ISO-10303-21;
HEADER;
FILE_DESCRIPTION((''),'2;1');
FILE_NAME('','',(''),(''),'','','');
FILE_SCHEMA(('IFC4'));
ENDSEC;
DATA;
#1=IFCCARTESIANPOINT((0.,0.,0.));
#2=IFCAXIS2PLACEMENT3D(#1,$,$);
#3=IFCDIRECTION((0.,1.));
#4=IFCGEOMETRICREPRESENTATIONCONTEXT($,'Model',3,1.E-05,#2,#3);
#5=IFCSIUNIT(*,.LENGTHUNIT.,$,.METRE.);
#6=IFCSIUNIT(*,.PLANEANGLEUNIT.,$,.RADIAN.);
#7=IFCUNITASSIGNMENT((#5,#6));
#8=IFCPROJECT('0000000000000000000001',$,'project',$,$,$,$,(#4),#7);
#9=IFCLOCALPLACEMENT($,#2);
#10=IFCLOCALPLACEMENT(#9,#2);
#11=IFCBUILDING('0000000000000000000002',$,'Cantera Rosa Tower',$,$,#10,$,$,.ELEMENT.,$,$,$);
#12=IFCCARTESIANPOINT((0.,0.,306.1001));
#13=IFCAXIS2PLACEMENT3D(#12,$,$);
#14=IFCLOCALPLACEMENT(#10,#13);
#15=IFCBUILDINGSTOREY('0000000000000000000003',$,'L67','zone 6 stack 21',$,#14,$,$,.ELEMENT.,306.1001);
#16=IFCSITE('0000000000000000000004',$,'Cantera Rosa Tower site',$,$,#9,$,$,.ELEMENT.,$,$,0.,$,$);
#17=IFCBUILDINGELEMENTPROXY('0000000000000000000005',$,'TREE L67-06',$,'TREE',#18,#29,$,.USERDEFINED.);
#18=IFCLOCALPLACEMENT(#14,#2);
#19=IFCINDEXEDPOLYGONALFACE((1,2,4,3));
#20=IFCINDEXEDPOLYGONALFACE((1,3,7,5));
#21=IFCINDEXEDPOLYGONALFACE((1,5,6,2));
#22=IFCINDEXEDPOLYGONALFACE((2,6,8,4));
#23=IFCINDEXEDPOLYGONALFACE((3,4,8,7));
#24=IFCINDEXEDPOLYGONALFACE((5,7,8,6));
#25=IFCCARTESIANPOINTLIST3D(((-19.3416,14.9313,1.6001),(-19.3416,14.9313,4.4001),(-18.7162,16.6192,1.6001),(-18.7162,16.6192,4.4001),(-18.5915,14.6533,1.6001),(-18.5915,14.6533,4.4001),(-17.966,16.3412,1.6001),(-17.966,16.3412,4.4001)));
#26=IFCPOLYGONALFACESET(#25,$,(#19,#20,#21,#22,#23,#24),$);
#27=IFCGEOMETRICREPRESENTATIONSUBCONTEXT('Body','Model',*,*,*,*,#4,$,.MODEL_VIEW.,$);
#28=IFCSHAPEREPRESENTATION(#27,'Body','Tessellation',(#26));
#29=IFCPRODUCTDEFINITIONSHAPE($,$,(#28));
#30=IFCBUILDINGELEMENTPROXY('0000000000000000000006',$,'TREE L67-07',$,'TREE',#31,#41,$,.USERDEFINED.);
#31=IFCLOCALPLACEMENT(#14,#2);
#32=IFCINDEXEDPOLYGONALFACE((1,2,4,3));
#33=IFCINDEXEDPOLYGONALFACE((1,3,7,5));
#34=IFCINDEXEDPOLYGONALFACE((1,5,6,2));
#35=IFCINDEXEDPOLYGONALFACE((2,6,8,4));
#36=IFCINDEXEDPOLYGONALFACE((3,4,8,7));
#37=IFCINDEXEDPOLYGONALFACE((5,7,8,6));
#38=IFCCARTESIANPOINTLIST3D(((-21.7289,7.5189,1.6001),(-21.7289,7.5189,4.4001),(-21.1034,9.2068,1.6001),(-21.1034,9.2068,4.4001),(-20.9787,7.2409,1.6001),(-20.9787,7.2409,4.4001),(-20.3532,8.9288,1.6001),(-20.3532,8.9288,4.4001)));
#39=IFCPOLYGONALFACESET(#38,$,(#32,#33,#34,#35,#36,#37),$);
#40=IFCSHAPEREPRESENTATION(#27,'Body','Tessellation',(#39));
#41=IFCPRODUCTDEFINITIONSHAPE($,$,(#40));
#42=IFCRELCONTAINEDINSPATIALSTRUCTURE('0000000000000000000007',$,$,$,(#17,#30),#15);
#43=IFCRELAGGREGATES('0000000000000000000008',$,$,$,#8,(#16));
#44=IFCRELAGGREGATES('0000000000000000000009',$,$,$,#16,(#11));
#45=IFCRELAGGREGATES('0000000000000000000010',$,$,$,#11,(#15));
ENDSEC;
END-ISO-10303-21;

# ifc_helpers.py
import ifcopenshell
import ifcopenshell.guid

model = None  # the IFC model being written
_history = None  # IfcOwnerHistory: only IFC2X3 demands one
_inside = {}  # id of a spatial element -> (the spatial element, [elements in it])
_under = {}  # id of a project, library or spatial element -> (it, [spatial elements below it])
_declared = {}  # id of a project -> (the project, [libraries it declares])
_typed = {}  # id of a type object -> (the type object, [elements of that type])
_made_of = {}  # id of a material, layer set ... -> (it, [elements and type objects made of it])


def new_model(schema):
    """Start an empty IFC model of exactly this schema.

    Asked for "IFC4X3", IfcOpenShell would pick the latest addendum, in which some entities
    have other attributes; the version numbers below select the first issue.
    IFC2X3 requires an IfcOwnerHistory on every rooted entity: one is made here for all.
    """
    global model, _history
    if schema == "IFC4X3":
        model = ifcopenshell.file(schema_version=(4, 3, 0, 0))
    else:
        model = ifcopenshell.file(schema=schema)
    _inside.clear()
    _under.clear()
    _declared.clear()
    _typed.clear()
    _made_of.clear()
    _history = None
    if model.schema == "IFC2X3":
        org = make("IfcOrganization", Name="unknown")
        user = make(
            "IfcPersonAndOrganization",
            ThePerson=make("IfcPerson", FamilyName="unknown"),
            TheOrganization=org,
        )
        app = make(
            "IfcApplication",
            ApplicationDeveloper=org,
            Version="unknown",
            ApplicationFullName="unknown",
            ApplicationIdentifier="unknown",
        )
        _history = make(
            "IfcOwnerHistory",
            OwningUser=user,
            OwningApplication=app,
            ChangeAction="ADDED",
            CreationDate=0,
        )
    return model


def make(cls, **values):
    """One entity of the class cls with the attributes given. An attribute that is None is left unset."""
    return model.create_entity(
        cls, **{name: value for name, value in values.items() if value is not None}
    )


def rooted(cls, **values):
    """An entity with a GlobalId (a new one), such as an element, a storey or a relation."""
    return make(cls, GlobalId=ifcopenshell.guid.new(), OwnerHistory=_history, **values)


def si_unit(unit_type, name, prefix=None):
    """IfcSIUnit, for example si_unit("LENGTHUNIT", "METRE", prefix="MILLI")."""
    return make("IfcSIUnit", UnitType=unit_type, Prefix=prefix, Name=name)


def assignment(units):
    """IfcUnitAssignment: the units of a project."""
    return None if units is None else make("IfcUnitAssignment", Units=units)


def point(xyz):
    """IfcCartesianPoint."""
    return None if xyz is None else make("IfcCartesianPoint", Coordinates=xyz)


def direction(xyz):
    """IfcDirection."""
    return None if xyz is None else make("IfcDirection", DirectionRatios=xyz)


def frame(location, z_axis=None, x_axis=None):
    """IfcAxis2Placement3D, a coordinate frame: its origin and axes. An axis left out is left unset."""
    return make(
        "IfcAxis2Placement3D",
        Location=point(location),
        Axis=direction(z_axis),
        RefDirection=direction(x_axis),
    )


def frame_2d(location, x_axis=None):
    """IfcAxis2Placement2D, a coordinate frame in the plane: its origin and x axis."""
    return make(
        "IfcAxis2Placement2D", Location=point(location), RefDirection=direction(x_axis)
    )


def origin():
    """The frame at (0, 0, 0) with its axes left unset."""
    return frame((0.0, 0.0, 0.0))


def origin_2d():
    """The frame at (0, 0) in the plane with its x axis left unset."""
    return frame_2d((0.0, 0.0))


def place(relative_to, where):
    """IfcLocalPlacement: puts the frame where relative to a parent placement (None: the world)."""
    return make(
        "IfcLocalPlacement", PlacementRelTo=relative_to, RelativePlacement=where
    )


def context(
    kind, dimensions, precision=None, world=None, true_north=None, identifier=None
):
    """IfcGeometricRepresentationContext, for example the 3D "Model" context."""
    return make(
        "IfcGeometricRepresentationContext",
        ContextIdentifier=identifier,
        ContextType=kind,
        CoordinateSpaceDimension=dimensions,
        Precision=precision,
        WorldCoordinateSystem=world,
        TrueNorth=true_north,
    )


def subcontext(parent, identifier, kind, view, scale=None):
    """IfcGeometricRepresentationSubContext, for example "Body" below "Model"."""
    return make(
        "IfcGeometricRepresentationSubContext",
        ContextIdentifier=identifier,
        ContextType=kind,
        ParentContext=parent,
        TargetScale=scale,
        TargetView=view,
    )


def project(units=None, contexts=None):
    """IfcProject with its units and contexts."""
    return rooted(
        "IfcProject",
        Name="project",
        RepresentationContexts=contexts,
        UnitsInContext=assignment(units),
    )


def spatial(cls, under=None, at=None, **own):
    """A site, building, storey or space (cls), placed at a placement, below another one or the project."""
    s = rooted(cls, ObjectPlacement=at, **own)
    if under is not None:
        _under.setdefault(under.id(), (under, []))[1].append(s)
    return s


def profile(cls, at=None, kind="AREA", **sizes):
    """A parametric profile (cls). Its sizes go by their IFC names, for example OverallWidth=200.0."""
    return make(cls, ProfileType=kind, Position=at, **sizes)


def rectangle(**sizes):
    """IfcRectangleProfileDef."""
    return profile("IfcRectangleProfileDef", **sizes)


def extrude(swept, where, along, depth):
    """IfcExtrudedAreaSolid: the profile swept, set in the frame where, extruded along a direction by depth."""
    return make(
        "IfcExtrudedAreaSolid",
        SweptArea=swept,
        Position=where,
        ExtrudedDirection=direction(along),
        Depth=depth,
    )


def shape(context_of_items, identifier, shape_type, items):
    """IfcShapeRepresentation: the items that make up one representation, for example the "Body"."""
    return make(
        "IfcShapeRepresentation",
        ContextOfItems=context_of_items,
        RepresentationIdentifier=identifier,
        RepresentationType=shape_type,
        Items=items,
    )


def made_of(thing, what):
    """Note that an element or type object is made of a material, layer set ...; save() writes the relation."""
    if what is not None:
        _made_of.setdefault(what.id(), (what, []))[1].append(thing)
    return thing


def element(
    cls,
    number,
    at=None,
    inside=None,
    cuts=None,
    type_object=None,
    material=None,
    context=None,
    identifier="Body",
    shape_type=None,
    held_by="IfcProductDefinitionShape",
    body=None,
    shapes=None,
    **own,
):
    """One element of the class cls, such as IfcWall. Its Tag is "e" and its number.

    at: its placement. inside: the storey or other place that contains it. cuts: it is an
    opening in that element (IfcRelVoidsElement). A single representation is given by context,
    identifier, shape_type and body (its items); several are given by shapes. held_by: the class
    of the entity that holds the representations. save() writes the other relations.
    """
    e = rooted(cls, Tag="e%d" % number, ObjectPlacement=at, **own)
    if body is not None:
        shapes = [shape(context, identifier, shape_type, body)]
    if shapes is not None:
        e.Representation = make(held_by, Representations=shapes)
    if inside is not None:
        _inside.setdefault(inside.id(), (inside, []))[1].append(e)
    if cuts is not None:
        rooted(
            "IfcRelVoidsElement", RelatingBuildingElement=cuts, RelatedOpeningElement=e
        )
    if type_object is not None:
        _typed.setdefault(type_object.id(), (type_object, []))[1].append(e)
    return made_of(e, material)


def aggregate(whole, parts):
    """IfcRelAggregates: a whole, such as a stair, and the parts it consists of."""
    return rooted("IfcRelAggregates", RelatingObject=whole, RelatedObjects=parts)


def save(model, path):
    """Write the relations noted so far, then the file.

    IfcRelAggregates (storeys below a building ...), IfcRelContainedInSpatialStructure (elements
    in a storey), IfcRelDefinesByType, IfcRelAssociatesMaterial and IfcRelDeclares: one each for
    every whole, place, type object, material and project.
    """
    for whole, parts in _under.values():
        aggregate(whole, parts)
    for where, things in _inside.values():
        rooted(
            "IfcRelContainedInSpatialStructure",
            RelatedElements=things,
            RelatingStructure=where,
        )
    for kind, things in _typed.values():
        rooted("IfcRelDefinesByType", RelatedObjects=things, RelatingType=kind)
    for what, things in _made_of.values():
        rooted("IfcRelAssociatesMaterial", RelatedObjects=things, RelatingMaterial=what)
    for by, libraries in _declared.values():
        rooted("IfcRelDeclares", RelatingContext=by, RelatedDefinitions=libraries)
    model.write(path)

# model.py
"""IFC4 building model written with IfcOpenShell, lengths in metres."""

from ifc_helpers import new_model, si_unit, direction, frame, origin, origin_2d, place, context, subcontext, project, spatial, rectangle, extrude, element, save


model = new_model("IFC4")

# Units and contexts
model_context = context("Model", 3, precision=1e-05, world=origin(), true_north=direction((0.0, 1.0)))
body_context = subcontext(model_context, "Body", "Model", "MODEL_VIEW")
ifc_project = project(units=[si_unit("LENGTHUNIT", "METRE"), si_unit("PLANEANGLEUNIT", "RADIAN")], contexts=[model_context])

# Site, building, storey
site_placement = place(None, origin())
site = spatial("IfcSite", under=ifc_project, at=site_placement, Name="Cantera Rosa Tower site", CompositionType="ELEMENT", RefElevation=0.0)
building_placement = place(site_placement, origin())
building = spatial("IfcBuilding", under=site, at=building_placement, Name="Cantera Rosa Tower", CompositionType="ELEMENT")
storey_placement = place(building_placement, frame((0.0, 0.0, 306.1001)))
storey = spatial("IfcBuildingStorey", under=building, at=storey_placement, Name="L67", Description="zone 6 stack 21", CompositionType="ELEMENT", Elevation=306.1001)

# Building element proxies
for number, where, z_axis, x_axis, name in (
    (1, (-18.6538, 15.6362, 1.6001), (0.0, 0.0, 1.0), (-0.347481, -0.937687, 0.0), "TREE L67-06"),
    (2, (-21.041, 8.2239, 1.6001), (0.0, 0.0, 1.0), (-0.347481, -0.937687, 0.0), "TREE L67-07"),
):
    element("IfcBuildingElementProxy", number, at=place(storey_placement, frame(where, z_axis=z_axis, x_axis=x_axis)), inside=storey, Name=name, ObjectType="TREE", PredefinedType="USERDEFINED", context=body_context, shape_type="SweptSolid", body=[
        extrude(rectangle(XDim=1.8, YDim=0.8, at=origin_2d()), origin(), (0.0, 0.0, 1.0), 2.8),
    ])

save(model, "model.ifc")
